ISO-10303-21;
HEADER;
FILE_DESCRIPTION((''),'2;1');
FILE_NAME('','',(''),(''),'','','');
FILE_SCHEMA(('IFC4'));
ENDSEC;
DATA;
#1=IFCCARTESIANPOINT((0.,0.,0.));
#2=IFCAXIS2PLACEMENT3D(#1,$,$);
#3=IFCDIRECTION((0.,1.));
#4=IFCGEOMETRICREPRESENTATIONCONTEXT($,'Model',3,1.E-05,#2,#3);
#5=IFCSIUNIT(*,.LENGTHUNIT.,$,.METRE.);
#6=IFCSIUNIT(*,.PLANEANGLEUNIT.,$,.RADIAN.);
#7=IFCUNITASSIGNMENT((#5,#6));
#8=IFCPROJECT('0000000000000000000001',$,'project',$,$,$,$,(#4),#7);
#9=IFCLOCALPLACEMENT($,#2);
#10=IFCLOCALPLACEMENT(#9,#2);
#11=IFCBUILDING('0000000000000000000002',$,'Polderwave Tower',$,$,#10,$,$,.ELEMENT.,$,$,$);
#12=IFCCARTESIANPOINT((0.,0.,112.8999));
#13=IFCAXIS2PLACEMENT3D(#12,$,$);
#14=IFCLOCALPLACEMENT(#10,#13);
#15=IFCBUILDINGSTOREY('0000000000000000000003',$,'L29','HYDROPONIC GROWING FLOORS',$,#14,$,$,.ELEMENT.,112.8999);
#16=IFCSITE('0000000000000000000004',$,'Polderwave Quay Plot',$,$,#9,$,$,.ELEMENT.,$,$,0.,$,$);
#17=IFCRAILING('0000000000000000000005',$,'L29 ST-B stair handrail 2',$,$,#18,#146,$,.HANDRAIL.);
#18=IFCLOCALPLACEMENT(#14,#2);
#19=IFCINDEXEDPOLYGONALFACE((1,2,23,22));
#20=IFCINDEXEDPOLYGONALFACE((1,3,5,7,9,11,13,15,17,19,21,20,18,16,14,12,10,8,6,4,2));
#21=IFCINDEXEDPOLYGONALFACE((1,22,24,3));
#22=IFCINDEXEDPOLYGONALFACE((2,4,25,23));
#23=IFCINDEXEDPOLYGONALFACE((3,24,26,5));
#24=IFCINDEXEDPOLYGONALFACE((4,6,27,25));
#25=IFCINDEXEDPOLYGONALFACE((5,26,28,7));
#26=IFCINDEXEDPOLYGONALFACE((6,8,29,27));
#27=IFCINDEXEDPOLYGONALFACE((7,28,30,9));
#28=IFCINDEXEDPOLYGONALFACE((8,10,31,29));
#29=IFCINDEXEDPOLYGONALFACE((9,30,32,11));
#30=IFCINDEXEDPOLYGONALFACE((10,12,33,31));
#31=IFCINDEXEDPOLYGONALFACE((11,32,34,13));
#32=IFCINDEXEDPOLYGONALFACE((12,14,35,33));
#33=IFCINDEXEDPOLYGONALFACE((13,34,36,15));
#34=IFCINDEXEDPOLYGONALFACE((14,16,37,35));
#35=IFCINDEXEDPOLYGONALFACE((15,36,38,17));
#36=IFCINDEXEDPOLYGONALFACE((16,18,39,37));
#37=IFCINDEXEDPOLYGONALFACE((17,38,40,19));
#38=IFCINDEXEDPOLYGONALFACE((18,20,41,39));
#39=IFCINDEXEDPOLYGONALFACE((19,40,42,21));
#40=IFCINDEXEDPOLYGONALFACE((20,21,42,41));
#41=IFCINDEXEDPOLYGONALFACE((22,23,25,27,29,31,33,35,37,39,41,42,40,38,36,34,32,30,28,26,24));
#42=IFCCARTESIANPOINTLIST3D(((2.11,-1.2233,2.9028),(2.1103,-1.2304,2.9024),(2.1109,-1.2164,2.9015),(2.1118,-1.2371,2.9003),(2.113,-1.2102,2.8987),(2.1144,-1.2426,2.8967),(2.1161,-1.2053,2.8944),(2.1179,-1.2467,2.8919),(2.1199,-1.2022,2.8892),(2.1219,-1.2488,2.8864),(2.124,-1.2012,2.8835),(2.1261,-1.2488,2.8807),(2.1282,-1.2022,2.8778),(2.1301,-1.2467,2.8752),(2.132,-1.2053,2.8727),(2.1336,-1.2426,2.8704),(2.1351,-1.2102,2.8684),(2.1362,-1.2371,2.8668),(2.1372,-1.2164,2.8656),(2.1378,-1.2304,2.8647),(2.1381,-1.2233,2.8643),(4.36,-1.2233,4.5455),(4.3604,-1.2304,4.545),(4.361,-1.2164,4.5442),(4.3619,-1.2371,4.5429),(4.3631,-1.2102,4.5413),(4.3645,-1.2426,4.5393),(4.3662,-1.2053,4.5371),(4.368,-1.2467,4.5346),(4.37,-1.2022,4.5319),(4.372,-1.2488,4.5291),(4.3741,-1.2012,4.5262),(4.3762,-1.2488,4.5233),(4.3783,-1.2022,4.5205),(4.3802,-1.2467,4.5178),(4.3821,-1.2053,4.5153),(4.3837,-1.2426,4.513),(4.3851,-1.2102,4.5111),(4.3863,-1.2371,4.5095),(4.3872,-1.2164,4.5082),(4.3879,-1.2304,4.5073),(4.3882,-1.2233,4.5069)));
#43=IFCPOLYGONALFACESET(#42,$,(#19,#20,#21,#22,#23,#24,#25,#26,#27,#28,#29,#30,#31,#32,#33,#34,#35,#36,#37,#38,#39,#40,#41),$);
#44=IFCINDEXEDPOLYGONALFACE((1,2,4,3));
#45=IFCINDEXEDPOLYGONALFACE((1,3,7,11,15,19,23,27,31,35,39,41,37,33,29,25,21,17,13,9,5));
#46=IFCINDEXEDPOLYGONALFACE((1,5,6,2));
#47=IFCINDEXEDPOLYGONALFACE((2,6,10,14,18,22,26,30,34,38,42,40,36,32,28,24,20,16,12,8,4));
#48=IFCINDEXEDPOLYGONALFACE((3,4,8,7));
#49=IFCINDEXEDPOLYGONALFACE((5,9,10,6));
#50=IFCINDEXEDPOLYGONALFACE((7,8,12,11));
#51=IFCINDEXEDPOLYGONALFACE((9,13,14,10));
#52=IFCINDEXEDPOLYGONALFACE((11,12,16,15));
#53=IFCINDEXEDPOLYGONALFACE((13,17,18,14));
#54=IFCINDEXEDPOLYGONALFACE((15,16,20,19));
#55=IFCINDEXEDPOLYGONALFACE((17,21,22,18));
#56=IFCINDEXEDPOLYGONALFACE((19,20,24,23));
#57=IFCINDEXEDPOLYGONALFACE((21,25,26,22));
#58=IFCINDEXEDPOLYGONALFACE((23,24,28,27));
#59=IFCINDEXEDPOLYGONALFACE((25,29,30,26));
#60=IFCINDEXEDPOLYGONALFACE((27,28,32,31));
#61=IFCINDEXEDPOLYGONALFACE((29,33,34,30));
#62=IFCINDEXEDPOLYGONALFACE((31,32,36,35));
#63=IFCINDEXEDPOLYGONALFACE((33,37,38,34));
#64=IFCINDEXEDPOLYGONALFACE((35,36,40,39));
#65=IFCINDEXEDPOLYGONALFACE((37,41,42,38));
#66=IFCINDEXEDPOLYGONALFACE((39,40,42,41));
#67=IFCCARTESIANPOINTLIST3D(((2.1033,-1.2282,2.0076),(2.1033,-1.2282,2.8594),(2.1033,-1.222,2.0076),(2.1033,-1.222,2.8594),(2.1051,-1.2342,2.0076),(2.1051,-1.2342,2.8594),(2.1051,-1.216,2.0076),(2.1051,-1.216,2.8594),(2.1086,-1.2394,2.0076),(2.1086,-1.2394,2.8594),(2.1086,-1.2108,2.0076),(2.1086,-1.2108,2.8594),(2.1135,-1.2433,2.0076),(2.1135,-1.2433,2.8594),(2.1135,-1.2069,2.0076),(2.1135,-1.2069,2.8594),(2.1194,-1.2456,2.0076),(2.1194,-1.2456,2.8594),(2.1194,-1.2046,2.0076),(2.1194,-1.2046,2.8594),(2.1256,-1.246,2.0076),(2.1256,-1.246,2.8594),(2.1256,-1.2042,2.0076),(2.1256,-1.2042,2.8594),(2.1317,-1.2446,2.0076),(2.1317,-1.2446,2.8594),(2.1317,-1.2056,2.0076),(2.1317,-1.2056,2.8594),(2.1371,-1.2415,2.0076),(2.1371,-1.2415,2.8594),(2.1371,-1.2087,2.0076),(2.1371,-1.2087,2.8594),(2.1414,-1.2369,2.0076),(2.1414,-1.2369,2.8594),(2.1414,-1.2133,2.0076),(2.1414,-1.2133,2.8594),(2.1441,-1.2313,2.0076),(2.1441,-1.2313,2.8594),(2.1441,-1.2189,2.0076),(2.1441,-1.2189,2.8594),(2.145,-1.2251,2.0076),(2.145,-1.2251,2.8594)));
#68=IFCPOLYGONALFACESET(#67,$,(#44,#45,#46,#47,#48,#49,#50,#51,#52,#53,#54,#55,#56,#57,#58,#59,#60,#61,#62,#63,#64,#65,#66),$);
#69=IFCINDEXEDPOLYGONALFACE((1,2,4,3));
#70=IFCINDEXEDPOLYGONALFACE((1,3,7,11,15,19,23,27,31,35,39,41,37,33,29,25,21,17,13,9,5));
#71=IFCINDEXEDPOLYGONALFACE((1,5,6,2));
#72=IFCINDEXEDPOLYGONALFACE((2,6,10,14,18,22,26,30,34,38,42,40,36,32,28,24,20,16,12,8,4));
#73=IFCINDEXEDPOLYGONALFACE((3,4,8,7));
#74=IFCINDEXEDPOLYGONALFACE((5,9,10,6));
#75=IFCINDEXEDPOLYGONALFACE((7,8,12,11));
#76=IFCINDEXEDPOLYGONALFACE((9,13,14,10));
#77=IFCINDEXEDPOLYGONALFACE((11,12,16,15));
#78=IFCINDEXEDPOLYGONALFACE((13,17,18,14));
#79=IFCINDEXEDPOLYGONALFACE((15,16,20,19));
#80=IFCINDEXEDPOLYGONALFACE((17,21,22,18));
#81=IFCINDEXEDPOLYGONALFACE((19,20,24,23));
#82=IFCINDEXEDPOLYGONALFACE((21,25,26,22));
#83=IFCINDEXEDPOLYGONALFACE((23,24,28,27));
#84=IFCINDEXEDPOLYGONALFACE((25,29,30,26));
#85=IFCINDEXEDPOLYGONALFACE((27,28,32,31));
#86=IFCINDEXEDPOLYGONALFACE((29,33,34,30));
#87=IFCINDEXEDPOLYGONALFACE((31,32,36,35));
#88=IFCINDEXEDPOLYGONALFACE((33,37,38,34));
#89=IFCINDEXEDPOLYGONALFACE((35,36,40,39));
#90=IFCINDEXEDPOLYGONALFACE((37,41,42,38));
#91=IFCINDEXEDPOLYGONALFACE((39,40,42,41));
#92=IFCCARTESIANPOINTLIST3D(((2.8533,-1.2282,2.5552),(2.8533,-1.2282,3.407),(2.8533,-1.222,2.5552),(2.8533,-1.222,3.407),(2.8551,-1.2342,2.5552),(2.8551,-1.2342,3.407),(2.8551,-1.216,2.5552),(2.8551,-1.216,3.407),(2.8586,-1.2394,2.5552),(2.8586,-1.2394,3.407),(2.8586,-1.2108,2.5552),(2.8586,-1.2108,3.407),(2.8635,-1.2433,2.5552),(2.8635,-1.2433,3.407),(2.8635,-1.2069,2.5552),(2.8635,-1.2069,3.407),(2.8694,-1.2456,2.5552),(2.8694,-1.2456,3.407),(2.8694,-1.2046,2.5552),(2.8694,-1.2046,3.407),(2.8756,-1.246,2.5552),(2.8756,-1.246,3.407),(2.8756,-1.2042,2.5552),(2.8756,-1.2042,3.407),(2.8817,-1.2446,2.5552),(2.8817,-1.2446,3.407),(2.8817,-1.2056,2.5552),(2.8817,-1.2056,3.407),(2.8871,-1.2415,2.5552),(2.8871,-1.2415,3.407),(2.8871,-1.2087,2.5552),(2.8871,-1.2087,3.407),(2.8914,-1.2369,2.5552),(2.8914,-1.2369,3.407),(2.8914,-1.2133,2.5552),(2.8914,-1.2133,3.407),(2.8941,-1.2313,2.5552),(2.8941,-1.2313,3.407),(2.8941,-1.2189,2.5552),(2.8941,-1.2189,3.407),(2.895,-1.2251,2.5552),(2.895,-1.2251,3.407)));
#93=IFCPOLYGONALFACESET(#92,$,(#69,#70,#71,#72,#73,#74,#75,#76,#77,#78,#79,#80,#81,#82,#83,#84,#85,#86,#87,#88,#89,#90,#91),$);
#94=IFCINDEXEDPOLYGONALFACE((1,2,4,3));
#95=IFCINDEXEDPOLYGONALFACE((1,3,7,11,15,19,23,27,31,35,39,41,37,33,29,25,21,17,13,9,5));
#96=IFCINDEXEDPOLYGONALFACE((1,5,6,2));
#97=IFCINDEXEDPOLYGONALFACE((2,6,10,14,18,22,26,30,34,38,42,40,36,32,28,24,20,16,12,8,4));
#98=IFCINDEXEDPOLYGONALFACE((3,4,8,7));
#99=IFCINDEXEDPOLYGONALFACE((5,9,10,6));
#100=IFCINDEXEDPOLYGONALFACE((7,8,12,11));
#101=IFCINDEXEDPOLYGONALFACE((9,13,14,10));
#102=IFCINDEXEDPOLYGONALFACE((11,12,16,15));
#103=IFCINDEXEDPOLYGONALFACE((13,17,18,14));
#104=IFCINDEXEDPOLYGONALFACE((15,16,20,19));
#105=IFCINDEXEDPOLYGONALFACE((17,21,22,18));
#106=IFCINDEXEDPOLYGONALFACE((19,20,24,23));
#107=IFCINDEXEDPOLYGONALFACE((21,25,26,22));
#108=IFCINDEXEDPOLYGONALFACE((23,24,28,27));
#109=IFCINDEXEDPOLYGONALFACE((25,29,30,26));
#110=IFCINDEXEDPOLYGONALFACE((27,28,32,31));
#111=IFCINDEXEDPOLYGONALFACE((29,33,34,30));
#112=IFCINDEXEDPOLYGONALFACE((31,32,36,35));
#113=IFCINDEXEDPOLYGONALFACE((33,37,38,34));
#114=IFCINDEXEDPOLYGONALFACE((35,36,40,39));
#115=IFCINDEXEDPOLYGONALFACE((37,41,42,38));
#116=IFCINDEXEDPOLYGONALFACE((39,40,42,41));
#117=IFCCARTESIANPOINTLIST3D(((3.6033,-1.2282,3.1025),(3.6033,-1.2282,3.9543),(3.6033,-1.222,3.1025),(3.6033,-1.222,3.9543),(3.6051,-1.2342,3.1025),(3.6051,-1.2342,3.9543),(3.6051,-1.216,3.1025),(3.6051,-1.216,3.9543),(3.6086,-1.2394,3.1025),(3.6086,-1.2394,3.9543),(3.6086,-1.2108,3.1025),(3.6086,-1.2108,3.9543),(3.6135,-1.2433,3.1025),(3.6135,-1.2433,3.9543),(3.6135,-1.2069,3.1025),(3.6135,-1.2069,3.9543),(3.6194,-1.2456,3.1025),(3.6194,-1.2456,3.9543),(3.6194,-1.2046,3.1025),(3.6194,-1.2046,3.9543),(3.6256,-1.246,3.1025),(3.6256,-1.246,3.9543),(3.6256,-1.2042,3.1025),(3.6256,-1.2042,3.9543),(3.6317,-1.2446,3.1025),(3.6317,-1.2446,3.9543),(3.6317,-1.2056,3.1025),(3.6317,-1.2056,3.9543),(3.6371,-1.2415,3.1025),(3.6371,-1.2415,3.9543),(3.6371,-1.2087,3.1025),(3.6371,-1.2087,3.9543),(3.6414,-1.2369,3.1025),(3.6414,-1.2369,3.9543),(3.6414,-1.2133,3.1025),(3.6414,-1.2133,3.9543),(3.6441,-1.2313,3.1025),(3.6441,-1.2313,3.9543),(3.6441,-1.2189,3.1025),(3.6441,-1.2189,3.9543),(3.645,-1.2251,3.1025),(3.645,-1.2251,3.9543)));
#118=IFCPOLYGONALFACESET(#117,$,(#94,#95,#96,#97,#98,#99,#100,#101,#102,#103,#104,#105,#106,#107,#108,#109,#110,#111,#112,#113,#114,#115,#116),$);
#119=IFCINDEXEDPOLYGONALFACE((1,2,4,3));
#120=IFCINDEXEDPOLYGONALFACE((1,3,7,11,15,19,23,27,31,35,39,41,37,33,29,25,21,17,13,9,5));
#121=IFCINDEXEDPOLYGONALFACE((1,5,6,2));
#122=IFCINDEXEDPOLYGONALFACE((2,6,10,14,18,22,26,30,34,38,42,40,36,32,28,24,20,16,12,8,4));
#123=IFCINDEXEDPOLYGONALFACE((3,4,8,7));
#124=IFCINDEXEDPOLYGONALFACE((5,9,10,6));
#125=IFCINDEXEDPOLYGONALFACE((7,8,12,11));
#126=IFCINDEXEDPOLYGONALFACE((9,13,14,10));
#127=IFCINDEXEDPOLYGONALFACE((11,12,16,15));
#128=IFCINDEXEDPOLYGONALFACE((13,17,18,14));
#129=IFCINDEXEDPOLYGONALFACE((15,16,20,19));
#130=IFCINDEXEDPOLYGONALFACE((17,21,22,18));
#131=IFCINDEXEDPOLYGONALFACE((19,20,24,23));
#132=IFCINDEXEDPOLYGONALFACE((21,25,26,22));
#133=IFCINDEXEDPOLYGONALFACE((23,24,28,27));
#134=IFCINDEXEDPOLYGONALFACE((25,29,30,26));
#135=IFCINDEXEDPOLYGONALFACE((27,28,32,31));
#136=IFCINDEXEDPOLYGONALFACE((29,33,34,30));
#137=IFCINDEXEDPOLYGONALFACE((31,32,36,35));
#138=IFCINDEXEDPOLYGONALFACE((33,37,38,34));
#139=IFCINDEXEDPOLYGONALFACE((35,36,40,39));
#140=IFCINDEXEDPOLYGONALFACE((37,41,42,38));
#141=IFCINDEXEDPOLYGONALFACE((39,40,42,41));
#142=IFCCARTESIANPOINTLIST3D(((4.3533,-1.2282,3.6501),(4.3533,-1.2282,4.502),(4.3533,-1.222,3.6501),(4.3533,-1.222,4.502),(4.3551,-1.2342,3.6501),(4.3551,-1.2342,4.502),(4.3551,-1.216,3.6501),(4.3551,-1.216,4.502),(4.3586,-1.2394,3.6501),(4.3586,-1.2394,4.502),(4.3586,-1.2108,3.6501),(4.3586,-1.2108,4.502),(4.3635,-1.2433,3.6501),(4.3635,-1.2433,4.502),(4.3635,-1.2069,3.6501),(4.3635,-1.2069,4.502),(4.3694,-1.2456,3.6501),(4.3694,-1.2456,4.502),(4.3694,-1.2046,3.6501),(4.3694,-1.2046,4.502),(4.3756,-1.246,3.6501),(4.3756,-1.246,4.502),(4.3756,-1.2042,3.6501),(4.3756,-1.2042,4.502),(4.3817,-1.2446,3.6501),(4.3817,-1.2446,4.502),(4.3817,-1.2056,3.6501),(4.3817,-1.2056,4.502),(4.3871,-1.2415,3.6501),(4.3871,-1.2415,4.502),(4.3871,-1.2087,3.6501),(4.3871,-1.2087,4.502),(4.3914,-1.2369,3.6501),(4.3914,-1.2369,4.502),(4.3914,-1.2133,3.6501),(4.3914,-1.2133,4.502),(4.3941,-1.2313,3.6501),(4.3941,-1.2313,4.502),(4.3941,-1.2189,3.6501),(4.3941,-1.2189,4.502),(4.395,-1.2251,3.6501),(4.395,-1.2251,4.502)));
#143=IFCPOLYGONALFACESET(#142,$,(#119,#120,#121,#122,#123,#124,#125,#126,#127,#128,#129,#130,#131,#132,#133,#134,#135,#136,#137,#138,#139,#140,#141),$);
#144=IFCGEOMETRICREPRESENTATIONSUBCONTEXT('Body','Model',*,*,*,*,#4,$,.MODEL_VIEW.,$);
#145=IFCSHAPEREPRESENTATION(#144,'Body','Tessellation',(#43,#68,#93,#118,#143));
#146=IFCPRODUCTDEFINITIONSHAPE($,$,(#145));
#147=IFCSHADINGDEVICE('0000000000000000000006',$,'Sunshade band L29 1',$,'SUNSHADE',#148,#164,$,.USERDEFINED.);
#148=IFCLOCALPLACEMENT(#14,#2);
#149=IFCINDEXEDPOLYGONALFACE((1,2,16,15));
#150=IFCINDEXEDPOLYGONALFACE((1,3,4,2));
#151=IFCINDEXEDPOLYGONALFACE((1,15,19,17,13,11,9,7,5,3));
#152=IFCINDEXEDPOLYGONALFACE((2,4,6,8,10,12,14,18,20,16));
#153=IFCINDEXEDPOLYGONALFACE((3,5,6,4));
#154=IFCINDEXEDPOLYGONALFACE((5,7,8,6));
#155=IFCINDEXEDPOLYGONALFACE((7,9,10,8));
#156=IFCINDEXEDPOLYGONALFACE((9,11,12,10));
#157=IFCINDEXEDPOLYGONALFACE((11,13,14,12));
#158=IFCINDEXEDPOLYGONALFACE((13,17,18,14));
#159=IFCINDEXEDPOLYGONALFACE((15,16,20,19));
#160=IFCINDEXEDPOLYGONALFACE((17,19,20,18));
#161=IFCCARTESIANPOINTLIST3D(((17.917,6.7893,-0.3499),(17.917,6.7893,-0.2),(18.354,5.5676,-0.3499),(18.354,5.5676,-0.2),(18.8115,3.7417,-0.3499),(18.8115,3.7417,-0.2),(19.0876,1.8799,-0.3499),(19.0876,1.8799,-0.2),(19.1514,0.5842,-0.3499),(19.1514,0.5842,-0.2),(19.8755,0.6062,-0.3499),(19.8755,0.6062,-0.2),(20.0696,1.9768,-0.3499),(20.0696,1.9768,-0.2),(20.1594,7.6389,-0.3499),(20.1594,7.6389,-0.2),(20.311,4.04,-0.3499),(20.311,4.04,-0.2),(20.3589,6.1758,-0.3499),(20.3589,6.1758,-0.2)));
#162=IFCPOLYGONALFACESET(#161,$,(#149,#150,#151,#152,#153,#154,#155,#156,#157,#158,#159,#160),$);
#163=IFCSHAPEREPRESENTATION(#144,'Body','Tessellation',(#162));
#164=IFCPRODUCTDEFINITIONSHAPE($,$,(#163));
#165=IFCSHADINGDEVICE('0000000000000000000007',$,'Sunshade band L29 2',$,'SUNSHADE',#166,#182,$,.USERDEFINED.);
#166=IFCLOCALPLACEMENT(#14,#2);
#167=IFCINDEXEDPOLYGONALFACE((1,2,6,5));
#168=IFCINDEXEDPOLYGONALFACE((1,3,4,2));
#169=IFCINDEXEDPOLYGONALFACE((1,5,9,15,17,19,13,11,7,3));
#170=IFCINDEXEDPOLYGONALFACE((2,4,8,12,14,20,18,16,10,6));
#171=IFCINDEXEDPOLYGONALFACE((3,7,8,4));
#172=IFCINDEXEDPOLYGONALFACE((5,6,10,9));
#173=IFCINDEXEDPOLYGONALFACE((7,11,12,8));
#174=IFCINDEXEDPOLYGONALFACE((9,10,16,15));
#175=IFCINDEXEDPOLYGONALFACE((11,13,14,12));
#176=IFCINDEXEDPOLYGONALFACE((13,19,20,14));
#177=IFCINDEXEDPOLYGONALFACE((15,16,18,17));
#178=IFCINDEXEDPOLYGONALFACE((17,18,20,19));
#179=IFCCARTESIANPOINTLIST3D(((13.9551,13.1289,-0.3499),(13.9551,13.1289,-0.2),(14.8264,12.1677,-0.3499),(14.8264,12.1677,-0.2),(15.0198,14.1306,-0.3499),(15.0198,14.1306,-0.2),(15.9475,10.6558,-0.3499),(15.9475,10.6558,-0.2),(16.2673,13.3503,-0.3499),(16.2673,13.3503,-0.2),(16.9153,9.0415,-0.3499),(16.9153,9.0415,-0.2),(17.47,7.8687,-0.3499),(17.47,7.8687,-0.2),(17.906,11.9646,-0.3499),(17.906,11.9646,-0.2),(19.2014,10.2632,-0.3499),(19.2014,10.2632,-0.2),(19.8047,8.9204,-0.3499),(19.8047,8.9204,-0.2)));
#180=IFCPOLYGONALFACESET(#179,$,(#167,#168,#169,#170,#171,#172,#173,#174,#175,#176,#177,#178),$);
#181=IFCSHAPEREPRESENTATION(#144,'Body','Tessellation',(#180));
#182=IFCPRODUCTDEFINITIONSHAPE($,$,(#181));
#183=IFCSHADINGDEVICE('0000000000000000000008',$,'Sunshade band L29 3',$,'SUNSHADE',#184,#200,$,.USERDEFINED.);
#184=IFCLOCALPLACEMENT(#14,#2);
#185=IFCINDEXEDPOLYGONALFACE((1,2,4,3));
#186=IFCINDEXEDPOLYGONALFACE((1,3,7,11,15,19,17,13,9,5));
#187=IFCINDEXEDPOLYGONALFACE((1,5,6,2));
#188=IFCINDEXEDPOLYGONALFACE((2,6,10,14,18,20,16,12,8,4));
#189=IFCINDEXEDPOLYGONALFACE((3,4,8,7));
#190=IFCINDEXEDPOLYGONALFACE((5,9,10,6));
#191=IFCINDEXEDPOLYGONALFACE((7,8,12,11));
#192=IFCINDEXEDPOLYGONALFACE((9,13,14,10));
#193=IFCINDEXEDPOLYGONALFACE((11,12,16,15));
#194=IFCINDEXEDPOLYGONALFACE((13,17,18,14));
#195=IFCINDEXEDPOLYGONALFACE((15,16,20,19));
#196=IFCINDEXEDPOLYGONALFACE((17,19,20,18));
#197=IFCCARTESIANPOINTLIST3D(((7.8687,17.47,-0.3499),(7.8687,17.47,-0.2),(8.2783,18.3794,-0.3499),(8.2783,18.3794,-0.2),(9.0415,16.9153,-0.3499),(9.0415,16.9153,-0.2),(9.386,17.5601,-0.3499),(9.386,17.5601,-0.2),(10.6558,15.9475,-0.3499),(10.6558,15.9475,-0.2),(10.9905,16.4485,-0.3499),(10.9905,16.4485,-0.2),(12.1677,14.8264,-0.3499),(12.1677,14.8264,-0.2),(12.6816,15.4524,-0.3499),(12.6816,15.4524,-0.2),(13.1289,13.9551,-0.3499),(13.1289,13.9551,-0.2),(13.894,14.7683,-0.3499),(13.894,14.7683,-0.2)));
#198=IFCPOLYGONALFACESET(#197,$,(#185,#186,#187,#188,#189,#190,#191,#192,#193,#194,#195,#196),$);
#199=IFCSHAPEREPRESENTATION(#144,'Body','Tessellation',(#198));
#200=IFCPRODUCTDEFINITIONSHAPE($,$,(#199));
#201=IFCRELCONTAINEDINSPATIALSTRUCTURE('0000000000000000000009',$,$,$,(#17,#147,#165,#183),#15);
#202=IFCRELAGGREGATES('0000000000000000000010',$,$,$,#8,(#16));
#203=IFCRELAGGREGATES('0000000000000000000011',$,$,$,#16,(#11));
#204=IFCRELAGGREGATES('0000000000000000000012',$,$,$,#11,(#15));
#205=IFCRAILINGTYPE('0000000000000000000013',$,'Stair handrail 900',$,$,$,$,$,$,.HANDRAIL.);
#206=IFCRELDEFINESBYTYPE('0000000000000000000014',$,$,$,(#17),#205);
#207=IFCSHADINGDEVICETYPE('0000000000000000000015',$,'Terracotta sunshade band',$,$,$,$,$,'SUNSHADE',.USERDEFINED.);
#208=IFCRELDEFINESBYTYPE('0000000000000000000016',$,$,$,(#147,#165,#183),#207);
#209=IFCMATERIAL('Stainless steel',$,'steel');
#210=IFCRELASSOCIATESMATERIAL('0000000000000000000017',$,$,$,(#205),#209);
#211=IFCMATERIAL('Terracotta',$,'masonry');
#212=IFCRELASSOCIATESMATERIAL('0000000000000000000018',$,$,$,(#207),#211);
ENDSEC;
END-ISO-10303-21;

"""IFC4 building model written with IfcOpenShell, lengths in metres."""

from ifc_helpers import new_model, si_unit, direction, frame, origin, origin_2d, place, context, subcontext, project, spatial, polyline, circle, outline, extrude, material, type_object, element, save


model = new_model("IFC4")

# Units and contexts
model_context = context("Model", 3, precision=1e-05, world=origin(), true_north=direction((0.0, 1.0)))
body_context = subcontext(model_context, "Body", "Model", "MODEL_VIEW")
ifc_project = project(units=[si_unit("LENGTHUNIT", "METRE"), si_unit("PLANEANGLEUNIT", "RADIAN")], contexts=[model_context])

# Site, building, storey
site_placement = place(None, origin())
site = spatial("IfcSite", under=ifc_project, at=site_placement, Name="Polderwave Quay Plot", CompositionType="ELEMENT", RefElevation=0.0)
building_placement = place(site_placement, origin())
building = spatial("IfcBuilding", under=site, at=building_placement, Name="Polderwave Tower", CompositionType="ELEMENT")
storey_placement = place(building_placement, frame((0.0, 0.0, 112.8999)))
storey = spatial("IfcBuildingStorey", under=building, at=storey_placement, Name="L29", Description="HYDROPONIC GROWING FLOORS", CompositionType="ELEMENT", Elevation=112.8999)

# Railing
ifc_material_1 = material(Name="Stainless steel", Category="steel")
railing_type_1 = type_object("IfcRailingType", Name="Stair handrail 900", PredefinedType="HANDRAIL", material=ifc_material_1)
railing_1_placement = place(storey_placement, frame((2.124, -1.2251, 2.0076)))
element("IfcRailing", 1, at=railing_1_placement, inside=storey, type_object=railing_type_1, Name="L29 ST-B stair handrail 2", PredefinedType="HANDRAIL", context=body_context, shape_type="SweptSolid", body=[
    extrude(circle(Radius=0.0239, at=origin_2d()), frame((0.0, 0.0, 0.876), z_axis=(0.807674, 0.0, 0.58963), x_axis=(0.0, 1.0, 0.0)), (0.0, 0.0, 1.0), 2.7859),
    extrude(circle(Radius=0.021, at=origin_2d()), origin(), (0.0, 0.0, 1.0), 0.8518),
    extrude(circle(Radius=0.021, at=origin_2d()), frame((0.75, 0.0, 0.5476)), (0.0, 0.0, 1.0), 0.8518),
    extrude(circle(Radius=0.021, at=origin_2d()), frame((1.5, 0.0, 1.095)), (0.0, 0.0, 1.0), 0.8518),
    extrude(circle(Radius=0.021, at=origin_2d()), frame((2.25, 0.0, 1.6426)), (0.0, 0.0, 1.0), 0.8518),
])

# Shading devices
ifc_material_2 = material(Name="Terracotta", Category="masonry")
shading_device_type = type_object("IfcShadingDeviceType", Name="Terracotta sunshade band", ElementType="SUNSHADE", PredefinedType="USERDEFINED", material=ifc_material_2)
shading_device_1_placement = place(storey_placement, frame((0.0, 0.0, -0.3499)))
element("IfcShadingDevice", 2, at=shading_device_1_placement, inside=storey, type_object=shading_device_type, Name="Sunshade band L29 1", ObjectType="SUNSHADE", PredefinedType="USERDEFINED", context=body_context, shape_type="SweptSolid", body=[
    extrude(outline(polyline([(19.1514, 0.5842), (19.0876, 1.8799), (18.8115, 3.7417), (18.354, 5.5676), (17.917, 6.7893), (20.1594, 7.6389), (20.3589, 6.1758), (20.311, 4.04), (20.0696, 1.9768), (19.8755, 0.6062), (19.1514, 0.5842)])), origin(), (0.0, 0.0, 1.0), 0.1499),
])
shading_device_2_placement = place(storey_placement, frame((0.0, 0.0, -0.3499)))
element("IfcShadingDevice", 3, at=shading_device_2_placement, inside=storey, type_object=shading_device_type, Name="Sunshade band L29 2", ObjectType="SUNSHADE", PredefinedType="USERDEFINED", context=body_context, shape_type="SweptSolid", body=[
    extrude(outline(polyline([(17.47, 7.8687), (16.9153, 9.0415), (15.9475, 10.6558), (14.8264, 12.1677), (13.9551, 13.1289), (15.0198, 14.1306), (16.2673, 13.3503), (17.906, 11.9646), (19.2014, 10.2632), (19.8047, 8.9204), (17.47, 7.8687)])), origin(), (0.0, 0.0, 1.0), 0.1499),
])
shading_device_3_placement = place(storey_placement, frame((0.0, 0.0, -0.3499)))
element("IfcShadingDevice", 4, at=shading_device_3_placement, inside=storey, type_object=shading_device_type, Name="Sunshade band L29 3", ObjectType="SUNSHADE", PredefinedType="USERDEFINED", context=body_context, shape_type="SweptSolid", body=[
    extrude(outline(polyline([(13.1289, 13.9551), (12.1677, 14.8264), (10.6558, 15.9475), (9.0415, 16.9153), (7.8687, 17.47), (8.2783, 18.3794), (9.386, 17.5601), (10.9905, 16.4485), (12.6816, 15.4524), (13.894, 14.7683), (13.1289, 13.9551)])), origin(), (0.0, 0.0, 1.0), 0.1499),
])

save(model, "model.ifc")
